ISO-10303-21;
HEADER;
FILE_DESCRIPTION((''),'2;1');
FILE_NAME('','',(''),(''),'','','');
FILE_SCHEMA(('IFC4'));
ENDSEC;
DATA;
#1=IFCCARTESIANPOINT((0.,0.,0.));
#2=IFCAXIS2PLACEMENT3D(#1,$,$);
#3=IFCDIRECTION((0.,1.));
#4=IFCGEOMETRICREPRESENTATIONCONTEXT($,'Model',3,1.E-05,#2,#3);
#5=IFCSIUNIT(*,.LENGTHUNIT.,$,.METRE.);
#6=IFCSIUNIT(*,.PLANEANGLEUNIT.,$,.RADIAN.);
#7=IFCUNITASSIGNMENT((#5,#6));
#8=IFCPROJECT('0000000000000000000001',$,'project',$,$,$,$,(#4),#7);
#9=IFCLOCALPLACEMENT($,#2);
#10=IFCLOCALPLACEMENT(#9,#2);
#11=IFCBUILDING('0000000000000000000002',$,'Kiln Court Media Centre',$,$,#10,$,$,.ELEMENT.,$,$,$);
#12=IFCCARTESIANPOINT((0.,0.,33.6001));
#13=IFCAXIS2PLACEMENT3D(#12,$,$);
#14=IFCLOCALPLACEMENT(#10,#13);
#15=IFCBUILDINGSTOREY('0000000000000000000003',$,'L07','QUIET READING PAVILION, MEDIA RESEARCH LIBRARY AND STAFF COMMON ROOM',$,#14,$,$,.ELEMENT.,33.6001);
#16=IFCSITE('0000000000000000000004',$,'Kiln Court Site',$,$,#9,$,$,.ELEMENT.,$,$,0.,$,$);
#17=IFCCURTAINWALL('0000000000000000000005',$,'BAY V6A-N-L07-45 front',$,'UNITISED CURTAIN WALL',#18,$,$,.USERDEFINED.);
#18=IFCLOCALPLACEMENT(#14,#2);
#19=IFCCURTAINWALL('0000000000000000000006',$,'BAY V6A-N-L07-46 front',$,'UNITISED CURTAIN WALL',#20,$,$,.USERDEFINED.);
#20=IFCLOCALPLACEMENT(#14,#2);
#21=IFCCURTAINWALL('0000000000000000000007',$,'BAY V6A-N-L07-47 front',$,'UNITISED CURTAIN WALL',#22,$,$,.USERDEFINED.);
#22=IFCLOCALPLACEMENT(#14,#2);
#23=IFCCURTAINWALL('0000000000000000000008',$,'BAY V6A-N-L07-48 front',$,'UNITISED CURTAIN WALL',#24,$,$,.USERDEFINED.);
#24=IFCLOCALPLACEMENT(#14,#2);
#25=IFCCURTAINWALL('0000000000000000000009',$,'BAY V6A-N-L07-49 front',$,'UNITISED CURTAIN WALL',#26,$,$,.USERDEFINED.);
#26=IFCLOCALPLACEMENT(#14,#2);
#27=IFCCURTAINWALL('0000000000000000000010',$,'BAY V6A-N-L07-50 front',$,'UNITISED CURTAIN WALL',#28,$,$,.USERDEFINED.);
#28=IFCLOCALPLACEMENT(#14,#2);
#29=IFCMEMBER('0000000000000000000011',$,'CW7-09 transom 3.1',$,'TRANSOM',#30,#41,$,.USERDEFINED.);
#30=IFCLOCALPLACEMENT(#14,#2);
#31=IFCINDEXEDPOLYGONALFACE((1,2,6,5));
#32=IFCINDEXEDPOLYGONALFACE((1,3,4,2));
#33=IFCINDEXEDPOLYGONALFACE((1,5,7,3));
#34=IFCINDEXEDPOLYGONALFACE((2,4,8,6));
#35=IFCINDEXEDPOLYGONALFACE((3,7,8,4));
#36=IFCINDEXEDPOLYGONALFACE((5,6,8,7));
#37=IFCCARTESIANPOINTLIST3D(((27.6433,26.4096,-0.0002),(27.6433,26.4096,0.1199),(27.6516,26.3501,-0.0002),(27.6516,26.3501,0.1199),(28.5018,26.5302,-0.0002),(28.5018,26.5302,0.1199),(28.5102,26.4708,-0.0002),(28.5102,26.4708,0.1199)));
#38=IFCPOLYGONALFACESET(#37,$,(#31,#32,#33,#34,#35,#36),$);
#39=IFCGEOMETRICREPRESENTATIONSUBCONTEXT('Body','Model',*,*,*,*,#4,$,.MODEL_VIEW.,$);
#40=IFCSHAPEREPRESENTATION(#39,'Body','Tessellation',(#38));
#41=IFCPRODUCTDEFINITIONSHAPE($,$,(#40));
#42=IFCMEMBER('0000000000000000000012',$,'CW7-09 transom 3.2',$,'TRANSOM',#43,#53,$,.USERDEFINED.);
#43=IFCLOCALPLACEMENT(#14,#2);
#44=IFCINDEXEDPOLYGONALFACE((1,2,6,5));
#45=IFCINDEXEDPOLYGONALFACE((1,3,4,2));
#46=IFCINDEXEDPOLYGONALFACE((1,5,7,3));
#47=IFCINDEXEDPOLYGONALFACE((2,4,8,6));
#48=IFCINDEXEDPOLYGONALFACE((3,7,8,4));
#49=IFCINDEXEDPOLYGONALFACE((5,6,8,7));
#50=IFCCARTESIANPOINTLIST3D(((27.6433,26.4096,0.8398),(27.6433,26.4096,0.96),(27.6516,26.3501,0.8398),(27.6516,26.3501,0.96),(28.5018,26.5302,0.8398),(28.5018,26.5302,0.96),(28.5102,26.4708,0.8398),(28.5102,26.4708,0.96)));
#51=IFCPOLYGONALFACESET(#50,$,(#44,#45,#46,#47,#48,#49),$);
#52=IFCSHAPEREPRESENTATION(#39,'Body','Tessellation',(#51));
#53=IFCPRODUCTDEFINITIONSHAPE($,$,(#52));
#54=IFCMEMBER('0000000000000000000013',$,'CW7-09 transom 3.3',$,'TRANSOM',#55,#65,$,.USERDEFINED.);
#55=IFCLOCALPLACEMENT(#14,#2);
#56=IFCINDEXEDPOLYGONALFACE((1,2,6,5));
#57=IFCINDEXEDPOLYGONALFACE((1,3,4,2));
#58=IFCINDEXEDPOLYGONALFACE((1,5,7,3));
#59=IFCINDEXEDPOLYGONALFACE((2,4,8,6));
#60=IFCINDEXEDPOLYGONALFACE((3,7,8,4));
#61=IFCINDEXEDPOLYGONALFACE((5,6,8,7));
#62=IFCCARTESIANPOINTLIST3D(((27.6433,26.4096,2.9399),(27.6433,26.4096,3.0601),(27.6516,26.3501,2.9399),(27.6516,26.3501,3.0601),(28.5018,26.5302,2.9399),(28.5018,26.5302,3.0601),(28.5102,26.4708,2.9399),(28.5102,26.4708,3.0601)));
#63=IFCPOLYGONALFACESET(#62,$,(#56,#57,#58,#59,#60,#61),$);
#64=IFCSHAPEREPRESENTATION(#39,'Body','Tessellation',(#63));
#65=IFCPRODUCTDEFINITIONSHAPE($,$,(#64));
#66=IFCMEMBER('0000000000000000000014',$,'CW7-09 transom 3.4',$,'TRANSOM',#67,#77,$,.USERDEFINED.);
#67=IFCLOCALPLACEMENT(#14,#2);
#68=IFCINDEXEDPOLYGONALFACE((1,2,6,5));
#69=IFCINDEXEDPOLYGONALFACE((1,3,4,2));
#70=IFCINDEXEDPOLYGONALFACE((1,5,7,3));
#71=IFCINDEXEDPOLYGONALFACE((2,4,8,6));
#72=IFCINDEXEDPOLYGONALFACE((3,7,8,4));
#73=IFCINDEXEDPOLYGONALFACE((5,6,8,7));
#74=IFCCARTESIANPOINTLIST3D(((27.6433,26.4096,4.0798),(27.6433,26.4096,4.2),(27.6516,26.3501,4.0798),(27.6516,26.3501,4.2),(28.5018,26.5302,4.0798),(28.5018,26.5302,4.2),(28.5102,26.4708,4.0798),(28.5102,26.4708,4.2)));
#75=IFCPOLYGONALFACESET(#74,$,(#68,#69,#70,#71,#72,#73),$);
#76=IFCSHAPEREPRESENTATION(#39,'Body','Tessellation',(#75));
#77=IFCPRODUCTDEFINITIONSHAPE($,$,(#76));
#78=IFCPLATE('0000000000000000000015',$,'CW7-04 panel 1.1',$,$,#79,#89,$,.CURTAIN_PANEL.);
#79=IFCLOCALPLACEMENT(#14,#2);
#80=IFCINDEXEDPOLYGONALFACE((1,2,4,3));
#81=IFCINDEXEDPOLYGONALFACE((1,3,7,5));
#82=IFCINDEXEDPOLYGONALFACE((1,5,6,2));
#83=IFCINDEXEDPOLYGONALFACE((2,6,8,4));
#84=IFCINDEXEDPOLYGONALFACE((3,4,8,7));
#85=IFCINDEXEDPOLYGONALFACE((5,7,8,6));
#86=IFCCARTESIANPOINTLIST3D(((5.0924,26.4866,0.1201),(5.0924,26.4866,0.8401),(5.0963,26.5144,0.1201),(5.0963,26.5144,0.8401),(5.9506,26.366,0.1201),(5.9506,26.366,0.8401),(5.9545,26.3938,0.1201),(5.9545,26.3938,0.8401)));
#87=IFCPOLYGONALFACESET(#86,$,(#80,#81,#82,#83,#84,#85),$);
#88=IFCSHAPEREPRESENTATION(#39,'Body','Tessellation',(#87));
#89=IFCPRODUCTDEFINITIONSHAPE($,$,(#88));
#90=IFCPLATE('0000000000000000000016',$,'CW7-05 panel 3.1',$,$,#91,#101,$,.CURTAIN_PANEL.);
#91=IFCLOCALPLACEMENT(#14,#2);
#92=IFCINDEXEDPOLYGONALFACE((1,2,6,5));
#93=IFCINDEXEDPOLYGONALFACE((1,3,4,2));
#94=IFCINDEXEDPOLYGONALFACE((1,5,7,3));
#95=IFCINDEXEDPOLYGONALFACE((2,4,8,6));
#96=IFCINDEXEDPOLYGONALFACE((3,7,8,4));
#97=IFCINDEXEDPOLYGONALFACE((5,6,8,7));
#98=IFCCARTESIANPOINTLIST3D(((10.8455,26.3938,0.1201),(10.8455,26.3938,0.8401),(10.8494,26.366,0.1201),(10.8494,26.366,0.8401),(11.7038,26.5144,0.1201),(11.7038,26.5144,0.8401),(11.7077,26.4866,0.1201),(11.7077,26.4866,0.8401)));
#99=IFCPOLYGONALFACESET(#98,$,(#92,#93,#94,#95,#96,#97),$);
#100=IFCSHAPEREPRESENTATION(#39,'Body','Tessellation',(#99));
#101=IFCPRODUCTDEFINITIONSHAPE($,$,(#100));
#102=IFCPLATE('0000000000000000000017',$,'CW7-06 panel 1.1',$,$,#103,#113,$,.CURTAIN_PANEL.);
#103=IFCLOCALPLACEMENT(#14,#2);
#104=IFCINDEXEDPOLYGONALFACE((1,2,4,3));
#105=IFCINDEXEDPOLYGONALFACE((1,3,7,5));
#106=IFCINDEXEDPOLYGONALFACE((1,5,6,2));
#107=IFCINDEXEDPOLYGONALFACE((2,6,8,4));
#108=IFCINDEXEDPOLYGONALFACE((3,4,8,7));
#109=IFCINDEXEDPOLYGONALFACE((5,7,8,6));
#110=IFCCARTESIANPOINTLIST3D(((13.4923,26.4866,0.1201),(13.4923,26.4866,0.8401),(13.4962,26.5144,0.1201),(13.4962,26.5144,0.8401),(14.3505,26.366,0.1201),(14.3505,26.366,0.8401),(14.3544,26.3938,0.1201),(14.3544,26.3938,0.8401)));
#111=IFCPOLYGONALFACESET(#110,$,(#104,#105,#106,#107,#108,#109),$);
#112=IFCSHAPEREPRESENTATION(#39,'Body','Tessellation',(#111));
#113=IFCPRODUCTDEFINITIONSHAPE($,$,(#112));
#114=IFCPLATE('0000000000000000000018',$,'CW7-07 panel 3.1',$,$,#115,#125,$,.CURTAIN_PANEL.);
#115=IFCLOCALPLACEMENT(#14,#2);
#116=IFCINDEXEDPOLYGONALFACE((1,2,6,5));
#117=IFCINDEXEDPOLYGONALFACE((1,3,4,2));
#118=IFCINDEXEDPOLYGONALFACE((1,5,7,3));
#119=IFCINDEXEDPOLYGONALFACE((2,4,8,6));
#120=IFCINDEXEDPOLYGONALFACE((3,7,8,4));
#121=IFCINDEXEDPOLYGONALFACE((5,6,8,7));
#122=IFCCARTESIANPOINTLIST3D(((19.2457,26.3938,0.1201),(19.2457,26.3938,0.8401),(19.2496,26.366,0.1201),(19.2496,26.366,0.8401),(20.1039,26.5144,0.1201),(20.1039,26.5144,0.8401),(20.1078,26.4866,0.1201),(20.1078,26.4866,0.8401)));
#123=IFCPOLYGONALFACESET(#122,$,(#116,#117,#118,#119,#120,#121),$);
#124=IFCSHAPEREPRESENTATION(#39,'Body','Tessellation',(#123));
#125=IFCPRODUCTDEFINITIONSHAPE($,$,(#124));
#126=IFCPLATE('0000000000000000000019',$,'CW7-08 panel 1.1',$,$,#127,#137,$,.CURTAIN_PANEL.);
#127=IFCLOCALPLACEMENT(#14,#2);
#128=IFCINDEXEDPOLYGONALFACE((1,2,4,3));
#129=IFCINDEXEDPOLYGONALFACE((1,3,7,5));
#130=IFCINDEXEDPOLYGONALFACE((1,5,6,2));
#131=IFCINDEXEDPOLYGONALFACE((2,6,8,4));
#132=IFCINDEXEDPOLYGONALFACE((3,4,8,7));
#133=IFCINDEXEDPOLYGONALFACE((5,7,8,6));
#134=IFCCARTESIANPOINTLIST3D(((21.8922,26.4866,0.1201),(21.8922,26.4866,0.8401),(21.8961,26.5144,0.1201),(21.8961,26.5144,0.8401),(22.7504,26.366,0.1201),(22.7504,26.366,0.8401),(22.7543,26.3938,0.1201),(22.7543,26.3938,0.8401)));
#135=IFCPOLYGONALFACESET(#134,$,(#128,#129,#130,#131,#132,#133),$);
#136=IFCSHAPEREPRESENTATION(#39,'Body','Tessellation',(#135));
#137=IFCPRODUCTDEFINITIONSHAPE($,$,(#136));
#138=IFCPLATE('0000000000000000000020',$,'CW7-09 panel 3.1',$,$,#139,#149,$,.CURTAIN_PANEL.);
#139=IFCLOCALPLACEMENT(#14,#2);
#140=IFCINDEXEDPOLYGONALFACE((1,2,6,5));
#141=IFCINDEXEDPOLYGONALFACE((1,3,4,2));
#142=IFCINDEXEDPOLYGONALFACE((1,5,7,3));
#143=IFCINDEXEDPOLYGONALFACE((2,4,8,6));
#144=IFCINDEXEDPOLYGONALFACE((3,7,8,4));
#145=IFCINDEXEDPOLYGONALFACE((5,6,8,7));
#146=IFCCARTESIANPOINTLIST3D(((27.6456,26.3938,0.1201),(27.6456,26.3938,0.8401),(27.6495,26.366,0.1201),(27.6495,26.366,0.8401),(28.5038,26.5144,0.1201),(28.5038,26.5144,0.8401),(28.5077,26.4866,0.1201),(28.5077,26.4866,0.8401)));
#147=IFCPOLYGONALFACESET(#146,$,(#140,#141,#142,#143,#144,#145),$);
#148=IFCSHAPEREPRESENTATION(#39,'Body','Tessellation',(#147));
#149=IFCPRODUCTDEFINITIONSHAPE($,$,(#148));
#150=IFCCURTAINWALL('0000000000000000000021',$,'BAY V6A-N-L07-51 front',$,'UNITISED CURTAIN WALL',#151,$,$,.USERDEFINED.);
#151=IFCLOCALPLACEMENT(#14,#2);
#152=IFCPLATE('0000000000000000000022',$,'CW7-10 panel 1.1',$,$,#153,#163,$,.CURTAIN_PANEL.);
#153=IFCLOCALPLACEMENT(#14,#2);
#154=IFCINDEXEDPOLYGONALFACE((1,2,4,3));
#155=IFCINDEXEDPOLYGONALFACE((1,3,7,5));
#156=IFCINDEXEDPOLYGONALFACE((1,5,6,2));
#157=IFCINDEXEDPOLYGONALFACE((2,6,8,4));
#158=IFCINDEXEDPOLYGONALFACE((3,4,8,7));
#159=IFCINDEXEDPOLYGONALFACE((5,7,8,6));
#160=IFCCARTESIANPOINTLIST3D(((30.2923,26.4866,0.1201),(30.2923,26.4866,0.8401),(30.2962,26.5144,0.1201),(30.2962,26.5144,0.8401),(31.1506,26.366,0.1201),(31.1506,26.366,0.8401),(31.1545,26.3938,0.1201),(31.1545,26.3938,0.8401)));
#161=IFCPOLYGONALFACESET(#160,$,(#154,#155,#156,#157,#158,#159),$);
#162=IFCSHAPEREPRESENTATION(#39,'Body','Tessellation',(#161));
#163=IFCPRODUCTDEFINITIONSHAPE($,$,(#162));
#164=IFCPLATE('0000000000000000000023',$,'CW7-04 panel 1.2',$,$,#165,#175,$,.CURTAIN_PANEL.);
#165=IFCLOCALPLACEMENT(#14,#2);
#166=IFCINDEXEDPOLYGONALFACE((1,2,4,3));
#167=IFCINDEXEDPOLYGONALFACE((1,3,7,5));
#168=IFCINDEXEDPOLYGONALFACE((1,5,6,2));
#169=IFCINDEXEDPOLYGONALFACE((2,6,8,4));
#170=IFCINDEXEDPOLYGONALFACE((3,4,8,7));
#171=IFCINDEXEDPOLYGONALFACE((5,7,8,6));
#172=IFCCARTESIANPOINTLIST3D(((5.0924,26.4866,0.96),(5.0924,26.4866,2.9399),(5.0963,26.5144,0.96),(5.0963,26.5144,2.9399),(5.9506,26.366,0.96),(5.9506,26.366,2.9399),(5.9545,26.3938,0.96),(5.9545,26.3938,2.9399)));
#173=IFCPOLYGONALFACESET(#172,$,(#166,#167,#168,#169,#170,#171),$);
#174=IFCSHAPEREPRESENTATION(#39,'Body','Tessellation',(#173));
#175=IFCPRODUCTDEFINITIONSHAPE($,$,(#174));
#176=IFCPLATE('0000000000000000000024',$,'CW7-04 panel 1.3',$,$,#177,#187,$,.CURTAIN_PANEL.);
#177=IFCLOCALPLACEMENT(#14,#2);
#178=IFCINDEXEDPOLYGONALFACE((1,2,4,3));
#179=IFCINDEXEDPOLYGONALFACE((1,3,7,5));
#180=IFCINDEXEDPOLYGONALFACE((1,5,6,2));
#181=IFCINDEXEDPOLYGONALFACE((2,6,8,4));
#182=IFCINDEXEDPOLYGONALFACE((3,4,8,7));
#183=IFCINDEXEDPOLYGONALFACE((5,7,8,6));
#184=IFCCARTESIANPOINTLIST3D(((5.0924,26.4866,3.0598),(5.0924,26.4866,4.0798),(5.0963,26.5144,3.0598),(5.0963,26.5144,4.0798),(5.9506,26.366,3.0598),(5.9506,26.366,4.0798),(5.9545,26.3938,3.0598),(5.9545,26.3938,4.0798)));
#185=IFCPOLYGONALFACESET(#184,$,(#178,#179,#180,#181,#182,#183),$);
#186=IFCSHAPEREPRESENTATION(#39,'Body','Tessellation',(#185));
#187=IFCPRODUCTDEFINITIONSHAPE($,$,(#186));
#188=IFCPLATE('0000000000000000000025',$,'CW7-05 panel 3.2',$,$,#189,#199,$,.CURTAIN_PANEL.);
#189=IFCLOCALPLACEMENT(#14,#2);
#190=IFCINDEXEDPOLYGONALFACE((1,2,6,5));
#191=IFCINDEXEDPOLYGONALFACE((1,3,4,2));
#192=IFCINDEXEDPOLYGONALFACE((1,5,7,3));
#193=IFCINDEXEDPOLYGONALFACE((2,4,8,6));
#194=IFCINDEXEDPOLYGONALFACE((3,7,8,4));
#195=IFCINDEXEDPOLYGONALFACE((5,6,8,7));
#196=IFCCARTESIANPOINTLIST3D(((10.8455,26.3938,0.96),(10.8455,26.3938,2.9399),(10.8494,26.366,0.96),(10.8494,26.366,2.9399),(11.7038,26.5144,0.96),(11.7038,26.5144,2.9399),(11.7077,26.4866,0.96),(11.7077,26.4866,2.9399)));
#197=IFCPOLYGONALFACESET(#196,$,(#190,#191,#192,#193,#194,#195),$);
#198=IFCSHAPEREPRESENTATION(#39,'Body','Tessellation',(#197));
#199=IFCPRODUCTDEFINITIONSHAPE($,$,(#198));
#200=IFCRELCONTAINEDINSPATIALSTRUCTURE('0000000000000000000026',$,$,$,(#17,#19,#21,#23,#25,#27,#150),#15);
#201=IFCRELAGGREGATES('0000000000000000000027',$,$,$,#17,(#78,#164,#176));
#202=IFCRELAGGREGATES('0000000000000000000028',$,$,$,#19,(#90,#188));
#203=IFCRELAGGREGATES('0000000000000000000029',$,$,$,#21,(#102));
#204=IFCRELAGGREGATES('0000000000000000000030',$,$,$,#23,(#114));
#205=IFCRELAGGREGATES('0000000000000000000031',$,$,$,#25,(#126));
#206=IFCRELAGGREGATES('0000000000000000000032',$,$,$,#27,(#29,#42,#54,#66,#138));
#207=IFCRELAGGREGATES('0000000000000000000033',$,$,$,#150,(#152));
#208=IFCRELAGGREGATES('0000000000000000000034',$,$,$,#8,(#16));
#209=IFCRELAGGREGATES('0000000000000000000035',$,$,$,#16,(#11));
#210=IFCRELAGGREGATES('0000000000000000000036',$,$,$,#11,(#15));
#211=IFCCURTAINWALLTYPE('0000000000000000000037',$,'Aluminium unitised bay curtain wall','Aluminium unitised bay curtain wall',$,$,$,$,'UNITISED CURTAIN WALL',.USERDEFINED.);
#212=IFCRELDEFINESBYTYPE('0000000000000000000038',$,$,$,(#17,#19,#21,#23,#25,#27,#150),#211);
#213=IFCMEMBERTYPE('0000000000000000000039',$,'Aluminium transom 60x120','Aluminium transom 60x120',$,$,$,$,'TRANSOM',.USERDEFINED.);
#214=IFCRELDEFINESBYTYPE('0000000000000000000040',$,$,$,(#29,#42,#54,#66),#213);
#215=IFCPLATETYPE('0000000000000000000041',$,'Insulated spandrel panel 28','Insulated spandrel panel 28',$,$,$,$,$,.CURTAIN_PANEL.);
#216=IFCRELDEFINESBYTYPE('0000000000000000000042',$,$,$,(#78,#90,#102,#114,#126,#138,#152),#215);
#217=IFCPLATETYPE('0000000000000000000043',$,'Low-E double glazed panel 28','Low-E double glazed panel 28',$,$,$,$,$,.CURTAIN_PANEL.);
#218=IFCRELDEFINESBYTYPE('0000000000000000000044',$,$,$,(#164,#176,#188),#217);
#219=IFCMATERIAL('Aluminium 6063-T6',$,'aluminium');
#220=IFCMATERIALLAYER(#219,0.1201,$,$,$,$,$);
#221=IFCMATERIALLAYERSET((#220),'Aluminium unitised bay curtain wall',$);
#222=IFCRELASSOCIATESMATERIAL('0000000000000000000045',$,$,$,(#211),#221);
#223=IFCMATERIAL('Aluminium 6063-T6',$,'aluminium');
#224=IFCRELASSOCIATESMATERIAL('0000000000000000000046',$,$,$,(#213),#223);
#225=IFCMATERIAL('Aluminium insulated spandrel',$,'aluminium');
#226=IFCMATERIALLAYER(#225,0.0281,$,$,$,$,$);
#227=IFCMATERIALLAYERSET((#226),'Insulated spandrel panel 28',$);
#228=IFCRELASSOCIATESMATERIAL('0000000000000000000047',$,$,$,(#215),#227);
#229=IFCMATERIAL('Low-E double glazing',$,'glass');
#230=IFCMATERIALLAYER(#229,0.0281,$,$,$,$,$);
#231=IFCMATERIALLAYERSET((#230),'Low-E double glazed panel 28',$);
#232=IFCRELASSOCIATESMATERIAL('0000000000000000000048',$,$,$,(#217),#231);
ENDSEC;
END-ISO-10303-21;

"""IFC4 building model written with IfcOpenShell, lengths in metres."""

from ifc_helpers import new_model, si_unit, direction, frame, origin, origin_2d, place, context, subcontext, project, spatial, rectangle, extrude, material, layer, layer_set, material_profile, profile_set, type_object, element, aggregate, save


model = new_model("IFC4")

# Units and contexts
model_context = context("Model", 3, precision=1e-05, world=origin(), true_north=direction((0.0, 1.0)))
body_context = subcontext(model_context, "Body", "Model", "MODEL_VIEW")
ifc_project = project(units=[si_unit("LENGTHUNIT", "METRE"), si_unit("PLANEANGLEUNIT", "RADIAN")], contexts=[model_context])

# Site, building, storey
site_placement = place(None, origin())
site = spatial("IfcSite", under=ifc_project, at=site_placement, Name="Kiln Court Site", CompositionType="ELEMENT", RefElevation=0.0)
building_placement = place(site_placement, origin())
building = spatial("IfcBuilding", under=site, at=building_placement, Name="Kiln Court Media Centre", CompositionType="ELEMENT")
storey_placement = place(building_placement, frame((0.0, 0.0, 33.6001)))
storey = spatial("IfcBuildingStorey", under=building, at=storey_placement, Name="L07", Description="QUIET READING PAVILION, MEDIA RESEARCH LIBRARY AND STAFF COMMON ROOM", CompositionType="ELEMENT", Elevation=33.6001)

# Curtain wall
ifc_material_1 = material(Name="Aluminium 6063-T6", Category="aluminium")
ifc_layer_1 = layer(ifc_material_1, 0.1201)
ifc_layer_set_1 = layer_set([ifc_layer_1], Name="Aluminium unitised bay curtain wall")
curtain_wall_type = type_object("IfcCurtainWallType", Name="Aluminium unitised bay curtain wall", Description="Aluminium unitised bay curtain wall", ElementType="UNITISED CURTAIN WALL", PredefinedType="USERDEFINED", material=ifc_layer_set_1)
curtain_wall_1_placement = place(storey_placement, origin())
curtain_wall_1 = element("IfcCurtainWall", 1, at=curtain_wall_1_placement, inside=storey, type_object=curtain_wall_type, Name="BAY V6A-N-L07-45 front", ObjectType="UNITISED CURTAIN WALL", PredefinedType="USERDEFINED")
ifc_material_2 = material(Name="Aluminium 6063-T6", Category="aluminium")
ifc_material_profile = material_profile(ifc_material_2, rectangle(XDim=0.0601, YDim=0.1201, at=origin_2d()), Name="Aluminium transom 60x120")
ifc_profile_set = profile_set([ifc_material_profile], Name="Aluminium 6063-T6")
member_type = type_object("IfcMemberType", Name="Aluminium transom 60x120", Description="Aluminium transom 60x120", ElementType="TRANSOM", PredefinedType="USERDEFINED", material=ifc_profile_set)

# Curtain wall
curtain_wall_2_placement = place(storey_placement, origin())
curtain_wall_2 = element("IfcCurtainWall", 2, at=curtain_wall_2_placement, inside=storey, type_object=curtain_wall_type, Name="BAY V6A-N-L07-46 front", ObjectType="UNITISED CURTAIN WALL", PredefinedType="USERDEFINED")

# Curtain walls, members
curtain_wall_3_placement = place(storey_placement, origin())
curtain_wall_3 = element("IfcCurtainWall", 3, at=curtain_wall_3_placement, inside=storey, type_object=curtain_wall_type, Name="BAY V6A-N-L07-47 front", ObjectType="UNITISED CURTAIN WALL", PredefinedType="USERDEFINED")
curtain_wall_4_placement = place(storey_placement, origin())
curtain_wall_4 = element("IfcCurtainWall", 4, at=curtain_wall_4_placement, inside=storey, type_object=curtain_wall_type, Name="BAY V6A-N-L07-48 front", ObjectType="UNITISED CURTAIN WALL", PredefinedType="USERDEFINED")
curtain_wall_5_placement = place(storey_placement, origin())
curtain_wall_5 = element("IfcCurtainWall", 5, at=curtain_wall_5_placement, inside=storey, type_object=curtain_wall_type, Name="BAY V6A-N-L07-49 front", ObjectType="UNITISED CURTAIN WALL", PredefinedType="USERDEFINED")
curtain_wall_6_placement = place(storey_placement, origin())
curtain_wall_6 = element("IfcCurtainWall", 6, at=curtain_wall_6_placement, inside=storey, type_object=curtain_wall_type, Name="BAY V6A-N-L07-50 front", ObjectType="UNITISED CURTAIN WALL", PredefinedType="USERDEFINED")
member_1_placement = place(storey_placement, frame((27.6475, 26.3799, 0.0598), z_axis=(0.990274, 0.139134, 0.0), x_axis=(-0.139134, 0.990274, 0.0)))
member_1 = element("IfcMember", 7, at=member_1_placement, type_object=member_type, Name="CW7-09 transom 3.1", ObjectType="TRANSOM", PredefinedType="USERDEFINED", context=body_context, shape_type="SweptSolid", body=[
    extrude(rectangle(XDim=0.0601, YDim=0.1201, at=origin_2d()), origin(), (0.0, 0.0, 1.0), 0.8669),
])
member_2_placement = place(storey_placement, frame((27.6475, 26.3799, 0.8999), z_axis=(0.990274, 0.139134, 0.0), x_axis=(-0.139134, 0.990274, 0.0)))
member_2 = element("IfcMember", 8, at=member_2_placement, type_object=member_type, Name="CW7-09 transom 3.2", ObjectType="TRANSOM", PredefinedType="USERDEFINED", context=body_context, shape_type="SweptSolid", body=[
    extrude(rectangle(XDim=0.0601, YDim=0.1201, at=origin_2d()), origin(), (0.0, 0.0, 1.0), 0.8669),
])
member_3_placement = place(storey_placement, frame((27.6475, 26.3799, 3.0), z_axis=(0.990274, 0.139134, 0.0), x_axis=(-0.139134, 0.990274, 0.0)))
member_3 = element("IfcMember", 9, at=member_3_placement, type_object=member_type, Name="CW7-09 transom 3.3", ObjectType="TRANSOM", PredefinedType="USERDEFINED", context=body_context, shape_type="SweptSolid", body=[
    extrude(rectangle(XDim=0.0601, YDim=0.1201, at=origin_2d()), origin(), (0.0, 0.0, 1.0), 0.8669),
])
member_4_placement = place(storey_placement, frame((27.6475, 26.3799, 4.1399), z_axis=(0.990274, 0.139134, 0.0), x_axis=(-0.139134, 0.990274, 0.0)))
member_4 = element("IfcMember", 10, at=member_4_placement, type_object=member_type, Name="CW7-09 transom 3.4", ObjectType="TRANSOM", PredefinedType="USERDEFINED", context=body_context, shape_type="SweptSolid", body=[
    extrude(rectangle(XDim=0.0601, YDim=0.1201, at=origin_2d()), origin(), (0.0, 0.0, 1.0), 0.8669),
])

# Plates
ifc_material_3 = material(Name="Aluminium insulated spandrel", Category="aluminium")
ifc_layer_2 = layer(ifc_material_3, 0.0281)
ifc_layer_set_2 = layer_set([ifc_layer_2], Name="Insulated spandrel panel 28")
plate_type_1 = type_object("IfcPlateType", Name="Insulated spandrel panel 28", Description="Insulated spandrel panel 28", PredefinedType="CURTAIN_PANEL", material=ifc_layer_set_2)
plate_1_placement = place(storey_placement, frame((5.5234, 26.4402, 0.1201), z_axis=(0.0, 0.0, 1.0), x_axis=(0.99027, -0.139162, 0.0)))
plate_1 = element("IfcPlate", 11, at=plate_1_placement, type_object=plate_type_1, Name="CW7-04 panel 1.1", PredefinedType="CURTAIN_PANEL", context=body_context, shape_type="SweptSolid", body=[
    extrude(rectangle(XDim=0.8667, YDim=0.0281, at=origin_2d()), origin(), (0.0, 0.0, 1.0), 0.72),
])
plate_2_placement = place(storey_placement, frame((11.2766, 26.4402, 0.1201), z_axis=(0.0, 0.0, 1.0), x_axis=(0.99027, 0.139162, 0.0)))
plate_2 = element("IfcPlate", 12, at=plate_2_placement, type_object=plate_type_1, Name="CW7-05 panel 3.1", PredefinedType="CURTAIN_PANEL", context=body_context, shape_type="SweptSolid", body=[
    extrude(rectangle(XDim=0.8667, YDim=0.0281, at=origin_2d()), origin(), (0.0, 0.0, 1.0), 0.72),
])
plate_3_placement = place(storey_placement, frame((13.9233, 26.4402, 0.1201), z_axis=(0.0, 0.0, 1.0), x_axis=(0.99027, -0.139162, 0.0)))
plate_3 = element("IfcPlate", 13, at=plate_3_placement, type_object=plate_type_1, Name="CW7-06 panel 1.1", PredefinedType="CURTAIN_PANEL", context=body_context, shape_type="SweptSolid", body=[
    extrude(rectangle(XDim=0.8667, YDim=0.0281, at=origin_2d()), origin(), (0.0, 0.0, 1.0), 0.72),
])
plate_4_placement = place(storey_placement, frame((19.6768, 26.4402, 0.1201), z_axis=(0.0, 0.0, 1.0), x_axis=(0.99027, 0.139162, 0.0)))
plate_4 = element("IfcPlate", 14, at=plate_4_placement, type_object=plate_type_1, Name="CW7-07 panel 3.1", PredefinedType="CURTAIN_PANEL", context=body_context, shape_type="SweptSolid", body=[
    extrude(rectangle(XDim=0.8667, YDim=0.0281, at=origin_2d()), origin(), (0.0, 0.0, 1.0), 0.72),
])
plate_5_placement = place(storey_placement, frame((22.3232, 26.4402, 0.1201), z_axis=(0.0, 0.0, 1.0), x_axis=(0.99027, -0.139162, 0.0)))
plate_5 = element("IfcPlate", 15, at=plate_5_placement, type_object=plate_type_1, Name="CW7-08 panel 1.1", PredefinedType="CURTAIN_PANEL", context=body_context, shape_type="SweptSolid", body=[
    extrude(rectangle(XDim=0.8667, YDim=0.0281, at=origin_2d()), origin(), (0.0, 0.0, 1.0), 0.72),
])
plate_6_placement = place(storey_placement, frame((28.0767, 26.4402, 0.1201), z_axis=(0.0, 0.0, 1.0), x_axis=(0.99027, 0.139162, 0.0)))
plate_6 = element("IfcPlate", 16, at=plate_6_placement, type_object=plate_type_1, Name="CW7-09 panel 3.1", PredefinedType="CURTAIN_PANEL", context=body_context, shape_type="SweptSolid", body=[
    extrude(rectangle(XDim=0.8667, YDim=0.0281, at=origin_2d()), origin(), (0.0, 0.0, 1.0), 0.72),
])

# Curtain wall, plate
curtain_wall_7_placement = place(storey_placement, origin())
curtain_wall_7 = element("IfcCurtainWall", 17, at=curtain_wall_7_placement, inside=storey, type_object=curtain_wall_type, Name="BAY V6A-N-L07-51 front", ObjectType="UNITISED CURTAIN WALL", PredefinedType="USERDEFINED")
plate_7_placement = place(storey_placement, frame((30.7234, 26.4402, 0.1201), z_axis=(0.0, 0.0, 1.0), x_axis=(0.99027, -0.139162, 0.0)))
plate_7 = element("IfcPlate", 18, at=plate_7_placement, type_object=plate_type_1, Name="CW7-10 panel 1.1", PredefinedType="CURTAIN_PANEL", context=body_context, shape_type="SweptSolid", body=[
    extrude(rectangle(XDim=0.8667, YDim=0.0281, at=origin_2d()), origin(), (0.0, 0.0, 1.0), 0.72),
])

# Plates
ifc_material_4 = material(Name="Low-E double glazing", Category="glass")
ifc_layer_3 = layer(ifc_material_4, 0.0281)
ifc_layer_set_3 = layer_set([ifc_layer_3], Name="Low-E double glazed panel 28")
plate_type_2 = type_object("IfcPlateType", Name="Low-E double glazed panel 28", Description="Low-E double glazed panel 28", PredefinedType="CURTAIN_PANEL", material=ifc_layer_set_3)
plate_8_placement = place(storey_placement, frame((5.5234, 26.4402, 0.96), z_axis=(0.0, 0.0, 1.0), x_axis=(0.99027, -0.139162, 0.0)))
plate_8 = element("IfcPlate", 19, at=plate_8_placement, type_object=plate_type_2, Name="CW7-04 panel 1.2", PredefinedType="CURTAIN_PANEL", context=body_context, shape_type="SweptSolid", body=[
    extrude(rectangle(XDim=0.8667, YDim=0.0281, at=origin_2d()), origin(), (0.0, 0.0, 1.0), 1.98),
])
plate_9_placement = place(storey_placement, frame((5.5234, 26.4402, 3.0598), z_axis=(0.0, 0.0, 1.0), x_axis=(0.99027, -0.139162, 0.0)))
plate_9 = element("IfcPlate", 20, at=plate_9_placement, type_object=plate_type_2, Name="CW7-04 panel 1.3", PredefinedType="CURTAIN_PANEL", context=body_context, shape_type="SweptSolid", body=[
    extrude(rectangle(XDim=0.8667, YDim=0.0281, at=origin_2d()), origin(), (0.0, 0.0, 1.0), 1.02),
])
aggregate(curtain_wall_1, [plate_1, plate_8, plate_9])
plate_10_placement = place(storey_placement, frame((11.2766, 26.4402, 0.96), z_axis=(0.0, 0.0, 1.0), x_axis=(0.99027, 0.139162, 0.0)))
plate_10 = element("IfcPlate", 21, at=plate_10_placement, type_object=plate_type_2, Name="CW7-05 panel 3.2", PredefinedType="CURTAIN_PANEL", context=body_context, shape_type="SweptSolid", body=[
    extrude(rectangle(XDim=0.8667, YDim=0.0281, at=origin_2d()), origin(), (0.0, 0.0, 1.0), 1.98),
])
aggregate(curtain_wall_2, [plate_2, plate_10])
aggregate(curtain_wall_3, [plate_3])
aggregate(curtain_wall_4, [plate_4])
aggregate(curtain_wall_5, [plate_5])
aggregate(curtain_wall_6, [member_1, member_2, member_3, member_4, plate_6])
aggregate(curtain_wall_7, [plate_7])

save(model, "model.ifc")
